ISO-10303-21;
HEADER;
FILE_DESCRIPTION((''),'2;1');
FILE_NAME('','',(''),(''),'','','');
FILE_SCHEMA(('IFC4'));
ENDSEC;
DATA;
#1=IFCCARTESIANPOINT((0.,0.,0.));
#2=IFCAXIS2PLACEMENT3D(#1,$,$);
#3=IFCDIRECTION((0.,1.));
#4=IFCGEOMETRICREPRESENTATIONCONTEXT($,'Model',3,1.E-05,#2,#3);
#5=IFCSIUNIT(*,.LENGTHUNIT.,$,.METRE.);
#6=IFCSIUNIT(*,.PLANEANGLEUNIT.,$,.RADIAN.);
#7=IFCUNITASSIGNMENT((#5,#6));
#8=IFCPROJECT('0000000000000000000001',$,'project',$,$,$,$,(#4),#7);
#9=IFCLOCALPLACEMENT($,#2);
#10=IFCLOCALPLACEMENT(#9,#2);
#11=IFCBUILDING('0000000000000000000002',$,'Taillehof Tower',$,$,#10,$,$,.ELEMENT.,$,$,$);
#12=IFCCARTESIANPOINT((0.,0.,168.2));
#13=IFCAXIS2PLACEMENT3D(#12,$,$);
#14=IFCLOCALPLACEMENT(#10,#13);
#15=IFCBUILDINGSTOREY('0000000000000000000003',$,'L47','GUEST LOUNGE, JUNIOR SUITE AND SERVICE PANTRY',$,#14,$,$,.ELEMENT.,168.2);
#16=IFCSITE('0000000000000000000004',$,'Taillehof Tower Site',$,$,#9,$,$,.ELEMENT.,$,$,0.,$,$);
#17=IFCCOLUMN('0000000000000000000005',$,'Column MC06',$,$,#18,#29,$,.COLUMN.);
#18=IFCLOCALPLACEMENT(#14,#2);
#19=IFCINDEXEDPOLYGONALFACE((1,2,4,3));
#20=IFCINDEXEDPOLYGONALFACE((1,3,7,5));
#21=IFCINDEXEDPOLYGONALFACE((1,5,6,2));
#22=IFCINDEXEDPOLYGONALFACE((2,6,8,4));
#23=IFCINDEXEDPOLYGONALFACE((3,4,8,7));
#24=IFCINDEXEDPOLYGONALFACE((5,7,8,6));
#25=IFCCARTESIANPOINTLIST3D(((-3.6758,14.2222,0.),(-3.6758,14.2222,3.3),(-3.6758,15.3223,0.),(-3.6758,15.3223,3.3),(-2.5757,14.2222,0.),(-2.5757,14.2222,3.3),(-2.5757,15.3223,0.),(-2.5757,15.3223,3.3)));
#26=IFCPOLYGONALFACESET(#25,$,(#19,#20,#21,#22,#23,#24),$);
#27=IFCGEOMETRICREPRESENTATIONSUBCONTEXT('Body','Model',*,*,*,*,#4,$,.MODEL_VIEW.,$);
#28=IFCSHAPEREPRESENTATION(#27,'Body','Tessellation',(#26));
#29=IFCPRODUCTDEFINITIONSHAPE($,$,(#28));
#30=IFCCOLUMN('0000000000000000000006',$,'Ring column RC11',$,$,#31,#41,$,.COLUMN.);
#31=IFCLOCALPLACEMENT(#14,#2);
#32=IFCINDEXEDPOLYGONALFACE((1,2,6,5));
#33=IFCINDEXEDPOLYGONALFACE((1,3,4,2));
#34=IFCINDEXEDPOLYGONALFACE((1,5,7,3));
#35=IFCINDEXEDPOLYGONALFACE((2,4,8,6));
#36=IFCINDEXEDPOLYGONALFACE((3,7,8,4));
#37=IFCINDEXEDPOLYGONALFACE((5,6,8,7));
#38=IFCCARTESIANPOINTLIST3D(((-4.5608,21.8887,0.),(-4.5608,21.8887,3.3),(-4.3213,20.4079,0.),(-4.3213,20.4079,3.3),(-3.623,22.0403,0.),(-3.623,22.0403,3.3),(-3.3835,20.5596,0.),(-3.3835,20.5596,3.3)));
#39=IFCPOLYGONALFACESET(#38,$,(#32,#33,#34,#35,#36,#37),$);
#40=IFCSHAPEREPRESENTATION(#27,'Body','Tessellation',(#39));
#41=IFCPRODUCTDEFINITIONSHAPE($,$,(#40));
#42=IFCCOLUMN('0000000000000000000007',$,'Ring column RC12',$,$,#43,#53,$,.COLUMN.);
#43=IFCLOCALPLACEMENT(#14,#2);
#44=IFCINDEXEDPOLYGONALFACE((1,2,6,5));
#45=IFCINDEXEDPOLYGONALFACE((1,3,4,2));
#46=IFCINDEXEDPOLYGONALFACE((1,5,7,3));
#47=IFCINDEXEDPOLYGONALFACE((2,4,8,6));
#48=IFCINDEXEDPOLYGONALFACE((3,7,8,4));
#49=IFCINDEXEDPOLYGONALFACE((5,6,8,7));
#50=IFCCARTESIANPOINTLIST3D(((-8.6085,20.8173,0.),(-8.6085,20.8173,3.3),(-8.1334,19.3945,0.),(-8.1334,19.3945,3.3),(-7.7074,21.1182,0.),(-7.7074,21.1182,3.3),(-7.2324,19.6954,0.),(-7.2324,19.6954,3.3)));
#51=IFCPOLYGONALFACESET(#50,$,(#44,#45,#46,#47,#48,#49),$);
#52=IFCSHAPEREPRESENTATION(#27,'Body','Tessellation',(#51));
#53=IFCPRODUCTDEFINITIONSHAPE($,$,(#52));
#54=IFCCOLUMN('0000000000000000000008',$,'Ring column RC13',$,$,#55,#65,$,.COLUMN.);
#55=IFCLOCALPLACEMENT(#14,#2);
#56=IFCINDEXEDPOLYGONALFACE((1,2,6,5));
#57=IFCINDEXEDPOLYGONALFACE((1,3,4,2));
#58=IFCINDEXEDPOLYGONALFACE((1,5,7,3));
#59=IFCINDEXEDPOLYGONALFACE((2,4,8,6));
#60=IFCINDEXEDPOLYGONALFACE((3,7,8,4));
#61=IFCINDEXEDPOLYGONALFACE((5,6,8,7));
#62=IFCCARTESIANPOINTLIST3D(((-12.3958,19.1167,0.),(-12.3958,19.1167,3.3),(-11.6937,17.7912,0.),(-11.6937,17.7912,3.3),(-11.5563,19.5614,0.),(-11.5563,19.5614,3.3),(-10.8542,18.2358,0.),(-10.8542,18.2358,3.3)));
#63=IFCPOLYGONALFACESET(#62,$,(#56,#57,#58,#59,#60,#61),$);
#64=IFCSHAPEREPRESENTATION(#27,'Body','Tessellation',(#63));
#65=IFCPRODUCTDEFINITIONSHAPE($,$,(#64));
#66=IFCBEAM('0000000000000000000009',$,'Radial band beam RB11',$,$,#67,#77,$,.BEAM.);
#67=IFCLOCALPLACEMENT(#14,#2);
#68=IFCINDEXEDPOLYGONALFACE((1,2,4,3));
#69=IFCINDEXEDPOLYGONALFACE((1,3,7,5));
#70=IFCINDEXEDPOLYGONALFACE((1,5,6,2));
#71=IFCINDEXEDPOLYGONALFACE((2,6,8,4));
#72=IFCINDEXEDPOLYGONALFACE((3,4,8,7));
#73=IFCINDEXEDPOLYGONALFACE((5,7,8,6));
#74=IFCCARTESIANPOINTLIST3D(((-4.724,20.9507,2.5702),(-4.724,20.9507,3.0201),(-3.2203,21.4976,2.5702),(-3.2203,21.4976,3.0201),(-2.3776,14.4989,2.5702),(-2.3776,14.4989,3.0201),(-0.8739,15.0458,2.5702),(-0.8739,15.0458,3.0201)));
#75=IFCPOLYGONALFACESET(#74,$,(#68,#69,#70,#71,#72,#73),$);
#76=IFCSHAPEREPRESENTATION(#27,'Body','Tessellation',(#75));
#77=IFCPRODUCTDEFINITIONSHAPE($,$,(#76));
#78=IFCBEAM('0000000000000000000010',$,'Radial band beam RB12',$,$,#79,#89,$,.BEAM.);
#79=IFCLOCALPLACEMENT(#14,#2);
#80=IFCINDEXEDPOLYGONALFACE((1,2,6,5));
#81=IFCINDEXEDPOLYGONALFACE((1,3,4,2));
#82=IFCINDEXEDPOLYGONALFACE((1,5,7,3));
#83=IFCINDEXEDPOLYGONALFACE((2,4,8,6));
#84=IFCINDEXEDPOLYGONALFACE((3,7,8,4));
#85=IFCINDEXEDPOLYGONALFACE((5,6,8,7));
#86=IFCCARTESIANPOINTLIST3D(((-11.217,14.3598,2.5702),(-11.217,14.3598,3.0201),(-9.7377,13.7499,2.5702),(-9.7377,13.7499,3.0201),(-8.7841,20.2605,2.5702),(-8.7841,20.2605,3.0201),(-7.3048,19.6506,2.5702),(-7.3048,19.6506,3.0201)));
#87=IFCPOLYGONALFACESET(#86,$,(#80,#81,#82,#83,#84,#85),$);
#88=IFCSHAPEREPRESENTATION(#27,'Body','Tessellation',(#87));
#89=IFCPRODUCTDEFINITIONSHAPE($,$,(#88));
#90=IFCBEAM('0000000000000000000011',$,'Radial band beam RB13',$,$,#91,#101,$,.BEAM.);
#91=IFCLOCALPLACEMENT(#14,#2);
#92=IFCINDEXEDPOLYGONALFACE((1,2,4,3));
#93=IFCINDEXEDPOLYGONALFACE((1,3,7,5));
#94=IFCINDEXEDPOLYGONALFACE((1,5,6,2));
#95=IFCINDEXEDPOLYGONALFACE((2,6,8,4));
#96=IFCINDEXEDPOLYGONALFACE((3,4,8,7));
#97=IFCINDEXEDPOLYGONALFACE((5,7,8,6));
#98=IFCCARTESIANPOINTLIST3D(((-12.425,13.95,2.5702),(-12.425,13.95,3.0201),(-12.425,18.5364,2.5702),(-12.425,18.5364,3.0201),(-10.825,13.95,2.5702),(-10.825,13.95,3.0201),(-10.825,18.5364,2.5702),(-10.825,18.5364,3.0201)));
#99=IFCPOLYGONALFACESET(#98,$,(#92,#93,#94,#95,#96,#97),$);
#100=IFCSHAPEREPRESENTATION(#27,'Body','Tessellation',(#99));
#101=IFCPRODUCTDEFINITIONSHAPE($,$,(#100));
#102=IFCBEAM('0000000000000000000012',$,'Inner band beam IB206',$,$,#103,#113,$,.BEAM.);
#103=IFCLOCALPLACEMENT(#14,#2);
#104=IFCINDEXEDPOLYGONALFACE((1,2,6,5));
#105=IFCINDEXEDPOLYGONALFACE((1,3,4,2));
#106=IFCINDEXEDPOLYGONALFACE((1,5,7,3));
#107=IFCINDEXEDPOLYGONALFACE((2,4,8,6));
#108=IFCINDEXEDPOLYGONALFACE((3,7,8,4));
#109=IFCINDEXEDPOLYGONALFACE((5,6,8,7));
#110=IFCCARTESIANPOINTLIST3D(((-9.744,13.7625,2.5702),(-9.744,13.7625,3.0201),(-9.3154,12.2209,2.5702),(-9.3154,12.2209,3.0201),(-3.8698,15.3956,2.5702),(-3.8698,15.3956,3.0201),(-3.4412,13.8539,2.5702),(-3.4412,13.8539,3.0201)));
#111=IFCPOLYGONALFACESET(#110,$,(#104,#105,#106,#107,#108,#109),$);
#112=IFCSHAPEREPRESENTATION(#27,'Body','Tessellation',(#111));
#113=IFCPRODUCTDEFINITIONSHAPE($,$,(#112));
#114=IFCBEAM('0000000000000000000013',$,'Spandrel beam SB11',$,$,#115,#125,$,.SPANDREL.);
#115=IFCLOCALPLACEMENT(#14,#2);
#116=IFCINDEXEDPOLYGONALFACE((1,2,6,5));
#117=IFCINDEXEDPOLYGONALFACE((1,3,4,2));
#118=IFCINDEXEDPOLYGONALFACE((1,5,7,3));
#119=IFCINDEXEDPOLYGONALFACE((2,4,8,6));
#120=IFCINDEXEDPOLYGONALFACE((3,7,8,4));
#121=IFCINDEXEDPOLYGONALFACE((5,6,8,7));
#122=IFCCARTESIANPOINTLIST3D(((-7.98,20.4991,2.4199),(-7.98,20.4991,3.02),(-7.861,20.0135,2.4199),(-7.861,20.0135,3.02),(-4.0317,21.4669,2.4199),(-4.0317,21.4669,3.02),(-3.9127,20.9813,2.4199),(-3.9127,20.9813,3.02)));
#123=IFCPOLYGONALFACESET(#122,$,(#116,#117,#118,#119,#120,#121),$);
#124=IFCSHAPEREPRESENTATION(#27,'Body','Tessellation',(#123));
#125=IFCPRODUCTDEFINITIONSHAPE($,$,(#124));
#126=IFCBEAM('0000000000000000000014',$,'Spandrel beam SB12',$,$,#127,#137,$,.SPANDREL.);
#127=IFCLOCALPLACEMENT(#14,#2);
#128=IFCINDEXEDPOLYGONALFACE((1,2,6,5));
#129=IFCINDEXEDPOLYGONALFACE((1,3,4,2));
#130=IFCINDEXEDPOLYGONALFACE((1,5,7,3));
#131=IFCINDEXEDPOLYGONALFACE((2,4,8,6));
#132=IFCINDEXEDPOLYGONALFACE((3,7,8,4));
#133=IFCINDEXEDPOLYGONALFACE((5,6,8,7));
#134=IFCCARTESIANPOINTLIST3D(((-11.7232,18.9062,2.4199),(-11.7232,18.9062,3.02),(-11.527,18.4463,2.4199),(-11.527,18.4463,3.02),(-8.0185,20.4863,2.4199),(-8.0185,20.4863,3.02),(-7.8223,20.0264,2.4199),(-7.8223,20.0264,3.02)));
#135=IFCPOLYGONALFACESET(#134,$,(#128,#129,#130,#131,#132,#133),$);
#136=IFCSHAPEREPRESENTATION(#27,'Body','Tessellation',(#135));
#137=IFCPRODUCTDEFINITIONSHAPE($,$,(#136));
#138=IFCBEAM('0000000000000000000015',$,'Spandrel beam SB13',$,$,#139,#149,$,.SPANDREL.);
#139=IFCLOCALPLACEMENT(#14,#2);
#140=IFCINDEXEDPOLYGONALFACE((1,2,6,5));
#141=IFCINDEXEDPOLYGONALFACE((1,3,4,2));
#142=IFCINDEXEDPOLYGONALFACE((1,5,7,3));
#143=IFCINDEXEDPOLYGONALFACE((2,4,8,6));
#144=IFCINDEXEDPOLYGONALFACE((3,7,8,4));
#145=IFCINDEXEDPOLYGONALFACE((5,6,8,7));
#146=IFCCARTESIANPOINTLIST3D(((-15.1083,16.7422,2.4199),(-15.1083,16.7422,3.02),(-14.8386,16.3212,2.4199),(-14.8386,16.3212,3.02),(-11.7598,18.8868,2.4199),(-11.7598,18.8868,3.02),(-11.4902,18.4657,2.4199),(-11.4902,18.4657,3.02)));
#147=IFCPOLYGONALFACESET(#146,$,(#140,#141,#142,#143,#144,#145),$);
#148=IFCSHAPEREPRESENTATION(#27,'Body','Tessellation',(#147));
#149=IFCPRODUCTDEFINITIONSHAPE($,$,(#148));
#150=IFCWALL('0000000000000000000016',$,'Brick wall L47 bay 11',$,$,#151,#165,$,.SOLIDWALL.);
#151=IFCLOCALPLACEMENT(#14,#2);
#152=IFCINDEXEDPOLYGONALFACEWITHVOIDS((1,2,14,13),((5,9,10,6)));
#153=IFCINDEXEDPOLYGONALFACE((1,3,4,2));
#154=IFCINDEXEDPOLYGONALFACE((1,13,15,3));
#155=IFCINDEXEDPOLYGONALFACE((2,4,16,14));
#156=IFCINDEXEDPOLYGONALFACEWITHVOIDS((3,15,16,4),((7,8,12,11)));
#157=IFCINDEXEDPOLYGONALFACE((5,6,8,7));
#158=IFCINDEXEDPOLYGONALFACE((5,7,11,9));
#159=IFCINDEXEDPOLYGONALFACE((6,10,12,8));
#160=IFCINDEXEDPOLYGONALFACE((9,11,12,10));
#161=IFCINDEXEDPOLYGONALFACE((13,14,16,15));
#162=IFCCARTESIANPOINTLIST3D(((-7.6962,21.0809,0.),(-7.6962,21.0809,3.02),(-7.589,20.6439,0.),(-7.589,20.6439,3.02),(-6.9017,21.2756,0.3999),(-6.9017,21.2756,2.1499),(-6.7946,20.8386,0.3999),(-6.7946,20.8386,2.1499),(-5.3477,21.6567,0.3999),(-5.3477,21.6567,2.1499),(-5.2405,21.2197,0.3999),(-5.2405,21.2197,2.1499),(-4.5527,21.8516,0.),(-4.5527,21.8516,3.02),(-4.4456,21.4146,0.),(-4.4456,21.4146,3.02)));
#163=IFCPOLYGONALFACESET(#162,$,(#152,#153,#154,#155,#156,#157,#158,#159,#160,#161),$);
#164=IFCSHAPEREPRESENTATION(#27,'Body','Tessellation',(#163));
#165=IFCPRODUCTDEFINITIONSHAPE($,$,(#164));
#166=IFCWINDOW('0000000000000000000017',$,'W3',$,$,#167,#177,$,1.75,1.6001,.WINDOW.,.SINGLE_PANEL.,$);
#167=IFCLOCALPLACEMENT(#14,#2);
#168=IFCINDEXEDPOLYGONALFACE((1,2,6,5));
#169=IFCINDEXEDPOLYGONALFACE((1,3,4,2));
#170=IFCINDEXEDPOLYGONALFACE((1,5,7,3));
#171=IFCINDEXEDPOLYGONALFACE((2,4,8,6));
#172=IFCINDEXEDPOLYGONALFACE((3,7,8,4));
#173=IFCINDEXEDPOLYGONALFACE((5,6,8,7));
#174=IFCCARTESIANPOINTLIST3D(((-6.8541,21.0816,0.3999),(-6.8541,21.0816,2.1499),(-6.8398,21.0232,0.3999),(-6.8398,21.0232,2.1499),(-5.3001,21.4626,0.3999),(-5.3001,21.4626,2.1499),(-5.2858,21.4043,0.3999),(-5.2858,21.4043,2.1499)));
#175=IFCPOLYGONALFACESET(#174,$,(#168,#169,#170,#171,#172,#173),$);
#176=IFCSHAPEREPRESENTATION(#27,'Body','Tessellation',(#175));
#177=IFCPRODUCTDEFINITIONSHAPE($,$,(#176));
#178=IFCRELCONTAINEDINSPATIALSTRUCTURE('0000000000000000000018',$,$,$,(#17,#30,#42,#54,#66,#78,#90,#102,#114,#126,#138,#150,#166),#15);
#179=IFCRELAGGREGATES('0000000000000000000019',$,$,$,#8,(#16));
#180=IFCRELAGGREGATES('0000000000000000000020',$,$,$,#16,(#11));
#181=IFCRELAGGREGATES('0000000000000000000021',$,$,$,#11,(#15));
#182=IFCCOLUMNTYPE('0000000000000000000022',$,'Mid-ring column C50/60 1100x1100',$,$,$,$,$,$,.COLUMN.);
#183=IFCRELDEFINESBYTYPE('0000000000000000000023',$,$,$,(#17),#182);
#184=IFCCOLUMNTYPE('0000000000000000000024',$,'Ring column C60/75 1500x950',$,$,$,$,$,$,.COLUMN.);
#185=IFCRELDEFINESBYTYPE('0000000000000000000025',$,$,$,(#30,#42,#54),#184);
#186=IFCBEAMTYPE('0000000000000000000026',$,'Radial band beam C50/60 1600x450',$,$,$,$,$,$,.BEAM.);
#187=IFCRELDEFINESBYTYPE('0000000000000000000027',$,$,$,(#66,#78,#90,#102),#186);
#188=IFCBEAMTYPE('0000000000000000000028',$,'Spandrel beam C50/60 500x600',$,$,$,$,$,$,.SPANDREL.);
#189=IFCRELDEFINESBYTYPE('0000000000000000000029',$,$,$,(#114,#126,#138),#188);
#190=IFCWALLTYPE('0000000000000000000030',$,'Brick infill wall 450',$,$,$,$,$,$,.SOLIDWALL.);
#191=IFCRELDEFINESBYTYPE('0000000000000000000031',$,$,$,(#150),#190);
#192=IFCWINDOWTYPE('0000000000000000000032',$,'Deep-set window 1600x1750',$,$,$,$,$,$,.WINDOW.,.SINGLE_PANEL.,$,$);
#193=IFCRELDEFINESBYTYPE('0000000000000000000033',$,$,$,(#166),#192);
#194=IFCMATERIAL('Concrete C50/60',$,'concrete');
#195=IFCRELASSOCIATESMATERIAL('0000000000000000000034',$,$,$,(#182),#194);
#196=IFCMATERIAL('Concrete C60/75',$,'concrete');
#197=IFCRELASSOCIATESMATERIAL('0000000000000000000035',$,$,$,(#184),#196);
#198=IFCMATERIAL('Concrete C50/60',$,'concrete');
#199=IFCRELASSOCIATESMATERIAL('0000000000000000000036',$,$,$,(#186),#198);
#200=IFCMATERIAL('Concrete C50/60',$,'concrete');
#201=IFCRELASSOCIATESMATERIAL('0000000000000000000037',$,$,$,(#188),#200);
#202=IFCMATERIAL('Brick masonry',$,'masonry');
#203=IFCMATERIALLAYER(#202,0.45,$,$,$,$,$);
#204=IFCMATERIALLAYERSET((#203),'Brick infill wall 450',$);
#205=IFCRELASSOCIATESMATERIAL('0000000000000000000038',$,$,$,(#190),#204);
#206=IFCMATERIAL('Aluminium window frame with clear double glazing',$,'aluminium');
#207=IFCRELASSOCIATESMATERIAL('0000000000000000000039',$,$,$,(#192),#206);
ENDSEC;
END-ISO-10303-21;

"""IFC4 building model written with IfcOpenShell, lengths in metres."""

from ifc_helpers import new_model, si_unit, direction, frame, frame_2d, origin, origin_2d, place, context, subcontext, project, spatial, rectangle, extrude, material, layer, layer_set, material_profile, profile_set, type_object, element, fill, save


model = new_model("IFC4")

# Units and contexts
model_context = context("Model", 3, precision=1e-05, world=origin(), true_north=direction((0.0, 1.0)))
body_context = subcontext(model_context, "Body", "Model", "MODEL_VIEW")
ifc_project = project(units=[si_unit("LENGTHUNIT", "METRE"), si_unit("PLANEANGLEUNIT", "RADIAN")], contexts=[model_context])

# Site, building, storey
site_placement = place(None, origin())
site = spatial("IfcSite", under=ifc_project, at=site_placement, Name="Taillehof Tower Site", CompositionType="ELEMENT", RefElevation=0.0)
building_placement = place(site_placement, origin())
building = spatial("IfcBuilding", under=site, at=building_placement, Name="Taillehof Tower", CompositionType="ELEMENT")
storey_placement = place(building_placement, frame((0.0, 0.0, 168.2)))
storey = spatial("IfcBuildingStorey", under=building, at=storey_placement, Name="L47", Description="GUEST LOUNGE, JUNIOR SUITE AND SERVICE PANTRY", CompositionType="ELEMENT", Elevation=168.2)

# Columns
ifc_material_1 = material(Name="Concrete C50/60", Category="concrete")
ifc_material_profile_1 = material_profile(ifc_material_1, rectangle(XDim=1.1001, YDim=1.1001, at=origin_2d()), Name="RC 1100x1100")
ifc_profile_set_1 = profile_set([ifc_material_profile_1], Name="Concrete C50/60")
column_type_1 = type_object("IfcColumnType", Name="Mid-ring column C50/60 1100x1100", PredefinedType="COLUMN", material=ifc_profile_set_1)
column_placement = place(storey_placement, frame((-3.1257, 14.7722, 0.0), z_axis=(0.0, 0.0, 1.0), x_axis=(1.0, 0.0, 0.0)))
element("IfcColumn", 1, at=column_placement, inside=storey, type_object=column_type_1, Name="Column MC06", PredefinedType="COLUMN", context=body_context, shape_type="SweptSolid", body=[
    extrude(rectangle(XDim=1.1001, YDim=1.1001, at=origin_2d()), origin(), (0.0, 0.0, 1.0), 3.3),
])
ifc_material_2 = material(Name="Concrete C60/75", Category="concrete")
ifc_material_profile_2 = material_profile(ifc_material_2, rectangle(XDim=1.5, YDim=0.95, at=origin_2d()), Name="RC 1500x950")
ifc_profile_set_2 = profile_set([ifc_material_profile_2], Name="Concrete C60/75")
column_type_2 = type_object("IfcColumnType", Name="Ring column C60/75 1500x950", PredefinedType="COLUMN", material=ifc_profile_set_2)
for number, where, z_axis, x_axis, name in (
    (2, (-3.9722, 21.2241, 0.0), (0.0, 0.0, 1.0), (-0.159679, 0.987169, 0.0), "Ring column RC11"),
    (3, (-7.9204, 20.2563, 0.0), (0.0, 0.0, 1.0), (-0.316703, 0.948525, 0.0), "Ring column RC12"),
    (4, (-11.625, 18.6763, 0.0), (0.0, 0.0, 1.0), (-0.468042, 0.883706, 0.0), "Ring column RC13"),
):
    element("IfcColumn", number, at=place(storey_placement, frame(where, z_axis=z_axis, x_axis=x_axis)), inside=storey, type_object=column_type_2, Name=name, PredefinedType="COLUMN", context=body_context, shape_type="SweptSolid", body=[
        extrude(rectangle(XDim=1.5, YDim=0.95, at=origin_2d()), origin(), (0.0, 0.0, 1.0), 3.3),
    ])

# Beams
ifc_material_3 = material(Name="Concrete C50/60", Category="concrete")
ifc_material_profile_3 = material_profile(ifc_material_3, rectangle(XDim=1.6001, YDim=0.45, at=origin_2d()), Name="RC 1600x450")
ifc_profile_set_3 = profile_set([ifc_material_profile_3], Name="Concrete C50/60")
beam_type_1 = type_object("IfcBeamType", Name="Radial band beam C50/60 1600x450", PredefinedType="BEAM", material=ifc_profile_set_3)
beam_1_placement = place(storey_placement, frame((-3.9722, 21.2241, 2.7952), z_axis=(0.34178, -0.93978, 0.0), x_axis=(0.93978, 0.34178, 0.0)))
element("IfcBeam", 5, at=beam_1_placement, inside=storey, type_object=beam_type_1, Name="Radial band beam RB11", PredefinedType="BEAM", context=body_context, shape_type="SweptSolid", body=[
    extrude(rectangle(XDim=1.6001, YDim=0.45, at=origin_2d()), origin(), (0.0, 0.0, 1.0), 6.8652),
])
beam_2_placement = place(storey_placement, frame((-8.0444, 19.9556, 2.7952), z_axis=(-0.381177, -0.924502, 0.0), x_axis=(0.924502, -0.381177, 0.0)))
element("IfcBeam", 6, at=beam_2_placement, inside=storey, type_object=beam_type_1, Name="Radial band beam RB12", PredefinedType="BEAM", context=body_context, shape_type="SweptSolid", body=[
    extrude(rectangle(XDim=1.6001, YDim=0.45, at=origin_2d()), origin(), (0.0, 0.0, 1.0), 6.3826),
])
beam_3_placement = place(storey_placement, frame((-11.625, 18.5364, 2.7952), z_axis=(0.0, -1.0, 0.0), x_axis=(1.0, 0.0, 0.0)))
element("IfcBeam", 7, at=beam_3_placement, inside=storey, type_object=beam_type_1, Name="Radial band beam RB13", PredefinedType="BEAM", context=body_context, shape_type="SweptSolid", body=[
    extrude(rectangle(XDim=1.6001, YDim=0.45, at=origin_2d()), origin(), (0.0, 0.0, 1.0), 4.5864),
])
beam_4_placement = place(storey_placement, frame((-3.6555, 14.6248, 2.7952), z_axis=(-0.963459, -0.267855, 0.0), x_axis=(0.267855, -0.963459, 0.0)))
element("IfcBeam", 8, at=beam_4_placement, inside=storey, type_object=beam_type_1, Name="Inner band beam IB206", PredefinedType="BEAM", context=body_context, shape_type="SweptSolid", body=[
    extrude(rectangle(XDim=1.6001, YDim=0.45, at=origin_2d()), origin(), (0.0, 0.0, 1.0), 6.0969),
])
ifc_material_4 = material(Name="Concrete C50/60", Category="concrete")
ifc_material_profile_4 = material_profile(ifc_material_4, rectangle(XDim=0.5, YDim=0.6001, at=origin_2d()), Name="RC 500x600")
ifc_profile_set_4 = profile_set([ifc_material_profile_4], Name="Concrete C50/60")
beam_type_2 = type_object("IfcBeamType", Name="Spandrel beam C50/60 500x600", PredefinedType="SPANDREL", material=ifc_profile_set_4)
beam_5_placement = place(storey_placement, frame((-3.9722, 21.2241, 2.72), z_axis=(-0.971249, -0.238068, 0.0), x_axis=(0.238068, -0.971249, 0.0)))
element("IfcBeam", 9, at=beam_5_placement, inside=storey, type_object=beam_type_2, Name="Spandrel beam SB11", PredefinedType="SPANDREL", context=body_context, shape_type="SweptSolid", body=[
    extrude(rectangle(XDim=0.5, YDim=0.6001, at=origin_2d()), origin(), (0.0, 0.0, 1.0), 4.0652),
])
beam_6_placement = place(storey_placement, frame((-7.9204, 20.2563, 2.72), z_axis=(-0.919827, -0.392324, 0.0), x_axis=(0.392324, -0.919827, 0.0)))
element("IfcBeam", 10, at=beam_6_placement, inside=storey, type_object=beam_type_2, Name="Spandrel beam SB12", PredefinedType="SPANDREL", context=body_context, shape_type="SweptSolid", body=[
    extrude(rectangle(XDim=0.5, YDim=0.6001, at=origin_2d()), origin(), (0.0, 0.0, 1.0), 4.0276),
])
beam_7_placement = place(storey_placement, frame((-11.625, 18.6763, 2.72), z_axis=(-0.842093, -0.539332, 0.0), x_axis=(0.539332, -0.842093, 0.0)))
element("IfcBeam", 11, at=beam_7_placement, inside=storey, type_object=beam_type_2, Name="Spandrel beam SB13", PredefinedType="SPANDREL", context=body_context, shape_type="SweptSolid", body=[
    extrude(rectangle(XDim=0.5, YDim=0.6001, at=origin_2d()), origin(), (0.0, 0.0, 1.0), 3.9763),
])

# Wall, opening, window
ifc_material_5 = material(Name="Brick masonry", Category="masonry")
ifc_layer_1 = layer(ifc_material_5, 0.45)
ifc_layer_set_1 = layer_set([ifc_layer_1], Name="Brick infill wall 450")
wall_type_1 = type_object("IfcWallType", Name="Brick infill wall 450", PredefinedType="SOLIDWALL", material=ifc_layer_set_1)
wall_1_placement = place(storey_placement, frame((-4.4993, 21.6331, 0.0), z_axis=(0.0, 0.0, 1.0), x_axis=(-0.971233, -0.238132, 0.0)))
wall_1 = element("IfcWall", 12, at=wall_1_placement, inside=storey, type_object=wall_type_1, Name="Brick wall L47 bay 11", PredefinedType="SOLIDWALL", context=body_context, shape_type="SweptSolid", body=[
    extrude(rectangle(XDim=3.2366, YDim=0.45, at=frame_2d((1.6182, 0.0))), origin(), (0.0, 0.0, 1.0), 3.02),
])
opening_1_placement = place(wall_1_placement, frame((0.8184, 0.0, 0.3999)))
opening_1 = element("IfcOpeningElement", 13, at=opening_1_placement, cuts=wall_1, PredefinedType="OPENING", context=body_context, shape_type="SweptSolid", body=[
    extrude(rectangle(XDim=1.6001, YDim=1.75, at=frame_2d((0.8, 0.875))), frame((0.0, 0.2349, 0.0), z_axis=(0.0, -1.0, 0.0), x_axis=(1.0, 0.0, 0.0)), (0.0, 0.0, 1.0), 0.47),
])
ifc_material_6 = material(Name="Aluminium window frame with clear double glazing", Category="aluminium")
window_type_1 = type_object("IfcWindowType", Name="Deep-set window 1600x1750", PartitioningType="SINGLE_PANEL", PredefinedType="WINDOW", material=ifc_material_6)
window_1_placement = place(opening_1_placement, origin())
window_1 = element("IfcWindow", 14, at=window_1_placement, inside=storey, type_object=window_type_1, Name="W3", OverallHeight=1.75, OverallWidth=1.6001, PartitioningType="SINGLE_PANEL", PredefinedType="WINDOW", context=body_context, shape_type="SweptSolid", body=[
    extrude(rectangle(XDim=1.6001, YDim=1.75, at=frame_2d((0.8, 0.875))), frame((0.0, 0.0349, 0.0), z_axis=(0.0, -1.0, 0.0), x_axis=(1.0, 0.0, 0.0)), (0.0, 0.0, 1.0), 0.0601),
])
fill(opening_1, window_1)

save(model, "model.ifc")
